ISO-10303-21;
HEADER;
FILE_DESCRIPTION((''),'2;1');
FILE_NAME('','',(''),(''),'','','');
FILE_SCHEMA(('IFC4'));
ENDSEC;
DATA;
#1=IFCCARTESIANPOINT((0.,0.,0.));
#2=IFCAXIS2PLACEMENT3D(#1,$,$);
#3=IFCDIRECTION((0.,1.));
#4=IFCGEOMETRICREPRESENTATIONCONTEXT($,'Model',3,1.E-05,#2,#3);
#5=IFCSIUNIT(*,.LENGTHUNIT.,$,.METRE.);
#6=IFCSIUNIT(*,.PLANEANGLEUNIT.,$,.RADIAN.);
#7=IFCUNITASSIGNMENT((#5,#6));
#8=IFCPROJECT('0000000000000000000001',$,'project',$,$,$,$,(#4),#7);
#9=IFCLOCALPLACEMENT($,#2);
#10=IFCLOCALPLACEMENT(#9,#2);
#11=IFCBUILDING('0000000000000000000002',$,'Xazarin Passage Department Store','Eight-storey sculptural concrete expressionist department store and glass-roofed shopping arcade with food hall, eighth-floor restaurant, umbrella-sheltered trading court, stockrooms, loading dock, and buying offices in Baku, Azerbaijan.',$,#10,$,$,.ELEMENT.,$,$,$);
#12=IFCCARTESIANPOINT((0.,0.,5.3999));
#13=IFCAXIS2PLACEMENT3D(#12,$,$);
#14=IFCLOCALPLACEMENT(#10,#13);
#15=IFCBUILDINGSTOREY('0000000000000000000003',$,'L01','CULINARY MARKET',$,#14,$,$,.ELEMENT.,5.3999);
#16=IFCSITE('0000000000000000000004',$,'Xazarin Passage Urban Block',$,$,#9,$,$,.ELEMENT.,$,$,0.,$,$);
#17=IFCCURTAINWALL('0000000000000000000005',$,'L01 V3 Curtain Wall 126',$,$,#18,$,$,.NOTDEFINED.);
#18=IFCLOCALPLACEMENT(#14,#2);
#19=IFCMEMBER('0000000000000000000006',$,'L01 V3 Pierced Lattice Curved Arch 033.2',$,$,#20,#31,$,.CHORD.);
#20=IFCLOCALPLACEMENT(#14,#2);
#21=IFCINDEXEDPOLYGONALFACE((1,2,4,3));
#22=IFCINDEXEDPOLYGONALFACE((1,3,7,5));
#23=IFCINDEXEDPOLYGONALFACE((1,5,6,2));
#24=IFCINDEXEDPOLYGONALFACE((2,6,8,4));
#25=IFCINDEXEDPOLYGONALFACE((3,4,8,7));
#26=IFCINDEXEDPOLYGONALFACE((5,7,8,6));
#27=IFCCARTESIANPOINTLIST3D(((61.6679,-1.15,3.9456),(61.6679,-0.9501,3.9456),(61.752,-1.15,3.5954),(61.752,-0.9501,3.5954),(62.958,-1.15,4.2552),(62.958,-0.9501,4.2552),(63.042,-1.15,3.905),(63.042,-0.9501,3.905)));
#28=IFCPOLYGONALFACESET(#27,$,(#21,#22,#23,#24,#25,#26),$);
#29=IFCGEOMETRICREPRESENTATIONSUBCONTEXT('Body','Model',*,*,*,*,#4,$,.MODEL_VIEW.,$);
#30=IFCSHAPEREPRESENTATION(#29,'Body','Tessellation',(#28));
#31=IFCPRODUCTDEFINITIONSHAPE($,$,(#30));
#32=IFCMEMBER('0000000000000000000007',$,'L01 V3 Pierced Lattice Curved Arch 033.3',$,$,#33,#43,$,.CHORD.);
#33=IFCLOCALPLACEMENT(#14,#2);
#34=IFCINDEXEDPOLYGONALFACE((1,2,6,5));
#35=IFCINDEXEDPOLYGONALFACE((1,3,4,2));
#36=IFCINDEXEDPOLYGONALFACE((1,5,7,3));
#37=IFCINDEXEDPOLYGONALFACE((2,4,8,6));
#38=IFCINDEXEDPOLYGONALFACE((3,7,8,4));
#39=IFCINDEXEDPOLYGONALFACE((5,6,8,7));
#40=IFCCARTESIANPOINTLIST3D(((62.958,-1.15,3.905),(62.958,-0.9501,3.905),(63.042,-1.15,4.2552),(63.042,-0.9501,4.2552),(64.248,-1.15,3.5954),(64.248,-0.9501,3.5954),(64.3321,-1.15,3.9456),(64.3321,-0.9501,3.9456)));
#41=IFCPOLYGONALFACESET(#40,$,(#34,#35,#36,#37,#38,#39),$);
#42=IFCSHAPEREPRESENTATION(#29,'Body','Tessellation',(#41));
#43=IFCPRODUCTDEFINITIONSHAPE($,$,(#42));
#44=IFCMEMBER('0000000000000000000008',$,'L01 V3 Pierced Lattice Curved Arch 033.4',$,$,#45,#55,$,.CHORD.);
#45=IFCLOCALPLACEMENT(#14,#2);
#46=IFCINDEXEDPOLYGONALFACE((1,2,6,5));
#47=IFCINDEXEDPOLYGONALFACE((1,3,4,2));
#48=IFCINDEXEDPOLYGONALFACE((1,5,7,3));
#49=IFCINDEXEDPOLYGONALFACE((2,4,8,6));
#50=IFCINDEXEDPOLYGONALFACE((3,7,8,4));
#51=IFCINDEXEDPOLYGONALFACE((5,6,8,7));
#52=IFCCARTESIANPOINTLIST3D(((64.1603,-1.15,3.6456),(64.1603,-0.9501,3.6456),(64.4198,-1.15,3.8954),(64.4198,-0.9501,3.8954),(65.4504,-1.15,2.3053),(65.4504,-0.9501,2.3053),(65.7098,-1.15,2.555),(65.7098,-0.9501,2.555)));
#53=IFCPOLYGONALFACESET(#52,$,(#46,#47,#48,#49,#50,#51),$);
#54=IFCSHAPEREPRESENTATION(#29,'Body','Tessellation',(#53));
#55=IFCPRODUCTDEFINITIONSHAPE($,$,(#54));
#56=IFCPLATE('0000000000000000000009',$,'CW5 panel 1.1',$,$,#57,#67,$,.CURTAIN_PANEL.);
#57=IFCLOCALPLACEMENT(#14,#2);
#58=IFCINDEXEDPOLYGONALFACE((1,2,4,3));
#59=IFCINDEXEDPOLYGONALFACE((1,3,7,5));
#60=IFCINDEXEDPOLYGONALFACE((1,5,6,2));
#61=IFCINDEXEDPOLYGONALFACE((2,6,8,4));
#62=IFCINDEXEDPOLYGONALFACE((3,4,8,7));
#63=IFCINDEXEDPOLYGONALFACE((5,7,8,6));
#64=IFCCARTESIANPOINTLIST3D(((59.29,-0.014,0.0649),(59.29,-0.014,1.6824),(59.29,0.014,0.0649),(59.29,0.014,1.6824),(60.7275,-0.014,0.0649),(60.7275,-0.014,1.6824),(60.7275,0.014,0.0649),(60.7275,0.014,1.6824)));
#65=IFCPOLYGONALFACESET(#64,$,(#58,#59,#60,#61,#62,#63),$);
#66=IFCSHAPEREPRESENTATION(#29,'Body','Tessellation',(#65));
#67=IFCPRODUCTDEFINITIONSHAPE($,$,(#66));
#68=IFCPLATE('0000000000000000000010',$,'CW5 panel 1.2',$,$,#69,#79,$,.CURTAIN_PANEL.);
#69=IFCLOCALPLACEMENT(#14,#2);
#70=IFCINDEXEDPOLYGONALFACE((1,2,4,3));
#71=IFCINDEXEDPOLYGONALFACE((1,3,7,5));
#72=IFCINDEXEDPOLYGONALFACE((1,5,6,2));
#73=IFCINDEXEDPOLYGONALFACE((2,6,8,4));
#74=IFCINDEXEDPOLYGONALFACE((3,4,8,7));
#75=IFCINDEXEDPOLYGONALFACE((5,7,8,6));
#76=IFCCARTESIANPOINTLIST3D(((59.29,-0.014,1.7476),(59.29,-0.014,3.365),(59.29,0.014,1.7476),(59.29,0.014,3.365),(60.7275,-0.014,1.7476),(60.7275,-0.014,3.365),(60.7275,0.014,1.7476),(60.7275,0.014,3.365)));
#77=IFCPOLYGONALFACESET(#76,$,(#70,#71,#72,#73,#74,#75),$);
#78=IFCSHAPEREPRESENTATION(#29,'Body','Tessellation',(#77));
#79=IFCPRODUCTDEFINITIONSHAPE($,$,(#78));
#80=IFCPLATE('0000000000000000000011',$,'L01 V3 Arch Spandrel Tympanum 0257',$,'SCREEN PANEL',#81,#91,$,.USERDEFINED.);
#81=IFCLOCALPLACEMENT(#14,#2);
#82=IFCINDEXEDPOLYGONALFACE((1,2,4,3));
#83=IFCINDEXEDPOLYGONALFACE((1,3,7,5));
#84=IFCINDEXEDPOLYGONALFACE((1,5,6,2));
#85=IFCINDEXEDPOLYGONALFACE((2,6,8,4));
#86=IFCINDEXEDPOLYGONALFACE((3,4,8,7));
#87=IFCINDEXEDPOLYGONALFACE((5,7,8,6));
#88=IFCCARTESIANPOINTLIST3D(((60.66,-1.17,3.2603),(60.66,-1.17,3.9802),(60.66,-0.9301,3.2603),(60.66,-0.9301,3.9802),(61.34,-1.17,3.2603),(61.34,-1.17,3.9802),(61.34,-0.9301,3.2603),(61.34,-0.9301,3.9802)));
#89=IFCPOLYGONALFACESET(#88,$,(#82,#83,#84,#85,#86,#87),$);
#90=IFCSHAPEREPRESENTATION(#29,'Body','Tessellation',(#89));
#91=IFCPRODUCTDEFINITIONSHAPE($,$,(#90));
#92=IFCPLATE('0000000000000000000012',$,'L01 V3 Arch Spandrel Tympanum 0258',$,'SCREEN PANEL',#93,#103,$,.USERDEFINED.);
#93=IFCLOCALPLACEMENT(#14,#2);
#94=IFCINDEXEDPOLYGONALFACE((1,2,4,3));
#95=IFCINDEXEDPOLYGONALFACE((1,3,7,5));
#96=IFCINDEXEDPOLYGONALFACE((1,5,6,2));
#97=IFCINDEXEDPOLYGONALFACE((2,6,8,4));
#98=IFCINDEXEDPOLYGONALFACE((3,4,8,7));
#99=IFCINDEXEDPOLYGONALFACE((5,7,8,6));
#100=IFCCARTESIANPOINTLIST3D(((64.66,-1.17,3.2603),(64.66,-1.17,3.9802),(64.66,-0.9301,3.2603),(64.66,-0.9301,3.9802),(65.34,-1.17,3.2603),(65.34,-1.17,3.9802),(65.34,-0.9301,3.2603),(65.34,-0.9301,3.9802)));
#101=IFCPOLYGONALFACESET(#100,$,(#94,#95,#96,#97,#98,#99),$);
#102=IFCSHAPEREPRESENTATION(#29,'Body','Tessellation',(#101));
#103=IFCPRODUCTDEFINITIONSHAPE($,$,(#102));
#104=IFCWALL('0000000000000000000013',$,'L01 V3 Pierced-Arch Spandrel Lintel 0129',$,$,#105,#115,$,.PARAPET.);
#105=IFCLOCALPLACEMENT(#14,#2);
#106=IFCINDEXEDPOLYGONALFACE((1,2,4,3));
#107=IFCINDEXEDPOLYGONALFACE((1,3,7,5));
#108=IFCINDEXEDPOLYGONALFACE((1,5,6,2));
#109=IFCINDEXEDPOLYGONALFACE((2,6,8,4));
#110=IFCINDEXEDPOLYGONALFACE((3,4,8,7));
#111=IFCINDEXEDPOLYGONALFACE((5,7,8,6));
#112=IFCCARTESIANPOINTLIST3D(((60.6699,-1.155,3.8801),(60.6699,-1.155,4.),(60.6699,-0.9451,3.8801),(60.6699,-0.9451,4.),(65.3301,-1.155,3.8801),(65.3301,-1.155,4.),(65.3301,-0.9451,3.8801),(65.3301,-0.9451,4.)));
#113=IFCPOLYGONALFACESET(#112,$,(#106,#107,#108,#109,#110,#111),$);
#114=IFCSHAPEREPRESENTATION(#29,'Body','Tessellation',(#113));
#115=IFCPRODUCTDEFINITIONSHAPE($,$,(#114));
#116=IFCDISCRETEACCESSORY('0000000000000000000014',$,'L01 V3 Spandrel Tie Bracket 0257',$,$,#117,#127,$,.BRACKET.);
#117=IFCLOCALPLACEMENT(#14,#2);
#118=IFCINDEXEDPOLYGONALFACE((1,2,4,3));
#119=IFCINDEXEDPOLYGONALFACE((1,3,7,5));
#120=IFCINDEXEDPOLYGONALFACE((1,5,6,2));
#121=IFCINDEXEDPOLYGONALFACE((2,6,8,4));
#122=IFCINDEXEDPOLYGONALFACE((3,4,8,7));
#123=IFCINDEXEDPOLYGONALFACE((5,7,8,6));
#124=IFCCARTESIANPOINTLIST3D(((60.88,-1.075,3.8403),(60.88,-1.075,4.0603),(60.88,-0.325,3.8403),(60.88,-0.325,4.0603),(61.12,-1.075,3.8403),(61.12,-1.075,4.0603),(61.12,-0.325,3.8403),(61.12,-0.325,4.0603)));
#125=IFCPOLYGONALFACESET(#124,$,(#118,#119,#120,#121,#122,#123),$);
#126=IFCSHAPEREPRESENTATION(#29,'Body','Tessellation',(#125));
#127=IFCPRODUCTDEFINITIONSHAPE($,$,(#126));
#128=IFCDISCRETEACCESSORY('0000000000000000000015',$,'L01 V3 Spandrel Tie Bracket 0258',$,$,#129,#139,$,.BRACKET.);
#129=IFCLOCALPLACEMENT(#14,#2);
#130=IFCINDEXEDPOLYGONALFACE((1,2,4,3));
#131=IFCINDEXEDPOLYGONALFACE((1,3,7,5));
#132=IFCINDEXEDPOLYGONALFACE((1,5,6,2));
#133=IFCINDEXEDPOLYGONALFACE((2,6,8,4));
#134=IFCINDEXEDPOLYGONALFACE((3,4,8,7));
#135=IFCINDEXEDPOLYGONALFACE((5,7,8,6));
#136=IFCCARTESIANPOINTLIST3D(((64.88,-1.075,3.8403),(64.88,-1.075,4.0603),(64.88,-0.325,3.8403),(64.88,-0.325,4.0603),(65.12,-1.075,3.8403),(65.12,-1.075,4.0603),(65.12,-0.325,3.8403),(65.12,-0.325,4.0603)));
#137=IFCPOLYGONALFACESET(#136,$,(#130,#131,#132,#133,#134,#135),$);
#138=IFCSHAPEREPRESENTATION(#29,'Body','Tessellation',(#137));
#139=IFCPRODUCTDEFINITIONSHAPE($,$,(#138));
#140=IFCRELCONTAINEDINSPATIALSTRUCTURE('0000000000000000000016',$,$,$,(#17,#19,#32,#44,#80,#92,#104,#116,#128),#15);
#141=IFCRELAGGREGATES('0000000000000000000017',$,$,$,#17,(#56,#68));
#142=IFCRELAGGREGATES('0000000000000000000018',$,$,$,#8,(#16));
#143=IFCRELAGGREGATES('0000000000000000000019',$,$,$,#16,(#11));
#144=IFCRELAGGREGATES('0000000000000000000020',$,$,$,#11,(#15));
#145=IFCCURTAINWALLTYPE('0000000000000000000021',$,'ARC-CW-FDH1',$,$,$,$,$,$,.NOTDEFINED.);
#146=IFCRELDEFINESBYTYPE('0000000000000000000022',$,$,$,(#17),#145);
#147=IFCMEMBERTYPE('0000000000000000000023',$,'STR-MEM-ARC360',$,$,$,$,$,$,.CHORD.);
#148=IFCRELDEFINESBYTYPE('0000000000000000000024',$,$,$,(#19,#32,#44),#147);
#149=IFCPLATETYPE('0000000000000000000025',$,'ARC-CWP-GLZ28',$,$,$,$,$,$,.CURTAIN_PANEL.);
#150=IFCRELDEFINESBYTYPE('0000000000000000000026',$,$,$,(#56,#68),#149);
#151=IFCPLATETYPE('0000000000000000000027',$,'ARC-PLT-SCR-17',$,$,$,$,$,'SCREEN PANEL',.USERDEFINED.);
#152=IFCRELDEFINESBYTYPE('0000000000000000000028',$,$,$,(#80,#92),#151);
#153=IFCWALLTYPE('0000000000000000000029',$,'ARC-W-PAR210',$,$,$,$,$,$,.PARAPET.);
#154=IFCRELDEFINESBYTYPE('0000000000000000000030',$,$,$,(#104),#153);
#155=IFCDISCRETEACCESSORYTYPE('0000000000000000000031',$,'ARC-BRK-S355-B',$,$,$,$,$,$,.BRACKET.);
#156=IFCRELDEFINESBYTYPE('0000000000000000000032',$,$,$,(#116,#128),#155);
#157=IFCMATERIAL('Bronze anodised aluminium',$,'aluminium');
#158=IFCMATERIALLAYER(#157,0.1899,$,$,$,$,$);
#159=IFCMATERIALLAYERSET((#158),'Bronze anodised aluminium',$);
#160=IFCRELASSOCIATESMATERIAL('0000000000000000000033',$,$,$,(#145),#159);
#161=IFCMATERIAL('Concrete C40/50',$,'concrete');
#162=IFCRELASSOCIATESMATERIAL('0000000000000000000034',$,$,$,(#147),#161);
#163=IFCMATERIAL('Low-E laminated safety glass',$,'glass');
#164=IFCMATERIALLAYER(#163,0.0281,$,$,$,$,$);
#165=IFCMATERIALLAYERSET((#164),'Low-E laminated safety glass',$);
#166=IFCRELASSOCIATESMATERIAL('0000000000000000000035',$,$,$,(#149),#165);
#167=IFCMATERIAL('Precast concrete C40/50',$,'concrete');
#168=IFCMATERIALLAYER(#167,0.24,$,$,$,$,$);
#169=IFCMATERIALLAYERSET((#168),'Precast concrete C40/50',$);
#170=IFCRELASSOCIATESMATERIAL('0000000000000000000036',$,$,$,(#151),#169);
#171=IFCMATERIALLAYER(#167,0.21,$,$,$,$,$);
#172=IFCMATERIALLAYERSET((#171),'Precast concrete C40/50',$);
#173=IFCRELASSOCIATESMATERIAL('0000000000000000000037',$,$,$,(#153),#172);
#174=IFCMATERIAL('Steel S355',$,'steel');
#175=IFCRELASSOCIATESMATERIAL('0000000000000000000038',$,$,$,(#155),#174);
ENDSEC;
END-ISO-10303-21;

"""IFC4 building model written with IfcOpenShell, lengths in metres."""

from ifc_helpers import new_model, si_unit, direction, frame, frame_2d, origin, origin_2d, place, context, subcontext, project, spatial, rectangle, extrude, material, layer, layer_set, material_profile, profile_set, type_object, element, aggregate, save


model = new_model("IFC4")

# Units and contexts
model_context = context("Model", 3, precision=1e-05, world=origin(), true_north=direction((0.0, 1.0)))
body_context = subcontext(model_context, "Body", "Model", "MODEL_VIEW")
ifc_project = project(units=[si_unit("LENGTHUNIT", "METRE"), si_unit("PLANEANGLEUNIT", "RADIAN")], contexts=[model_context])

# Site, building, storey
site_placement = place(None, origin())
site = spatial("IfcSite", under=ifc_project, at=site_placement, Name="Xazarin Passage Urban Block", CompositionType="ELEMENT", RefElevation=0.0)
building_placement = place(site_placement, origin())
building = spatial("IfcBuilding", under=site, at=building_placement, Name="Xazarin Passage Department Store", Description="Eight-storey sculptural concrete expressionist department store and glass-roofed shopping arcade with food hall, eighth-floor restaurant, umbrella-sheltered trading court, stockrooms, loading dock, and buying offices in Baku, Azerbaijan.", CompositionType="ELEMENT")
storey_placement = place(building_placement, frame((0.0, 0.0, 5.3999)))
storey = spatial("IfcBuildingStorey", under=building, at=storey_placement, Name="L01", Description="CULINARY MARKET", CompositionType="ELEMENT", Elevation=5.3999)

# Shared definitions
ifc_material_1 = material(Name="Concrete C40/50", Category="concrete")

# Curtain wall
ifc_material_2 = material(Name="Bronze anodised aluminium", Category="aluminium")
ifc_layer_1 = layer(ifc_material_2, 0.1899)
ifc_layer_set_1 = layer_set([ifc_layer_1], Name="Bronze anodised aluminium")
curtain_wall_type = type_object("IfcCurtainWallType", Name="ARC-CW-FDH1", PredefinedType="NOTDEFINED", material=ifc_layer_set_1)
curtain_wall_placement = place(storey_placement, origin())
curtain_wall = element("IfcCurtainWall", 1, at=curtain_wall_placement, inside=storey, type_object=curtain_wall_type, Name="L01 V3 Curtain Wall 126", PredefinedType="NOTDEFINED")

# Members
ifc_material_profile_1 = material_profile(ifc_material_1, rectangle(XDim=0.2, YDim=0.3601, at=origin_2d()), Name="RC 200x360")
ifc_profile_set_1 = profile_set([ifc_material_profile_1], Name="Concrete C40/50")
member_type_1 = type_object("IfcMemberType", Name="STR-MEM-ARC360", PredefinedType="CHORD", material=ifc_profile_set_1)
for number, where, z_axis, x_axis, name in (
    (2, (61.71, -1.05, 3.7705), (0.972394, 0.0, 0.233345), (0.0, 1.0, 0.0), "L01 V3 Pierced Lattice Curved Arch 033.2"),
    (3, (63.0, -1.05, 4.0801), (0.972394, 0.0, -0.233345), (0.0, 1.0, 0.0), "L01 V3 Pierced Lattice Curved Arch 033.3"),
):
    element("IfcMember", number, at=place(storey_placement, frame(where, z_axis=z_axis, x_axis=x_axis)), inside=storey, type_object=member_type_1, Name=name, PredefinedType="CHORD", context=body_context, shape_type="SweptSolid", body=[
        extrude(rectangle(XDim=0.2, YDim=0.3601, at=origin_2d()), origin(), (0.0, 0.0, 1.0), 1.3267),
    ])
member_1_placement = place(storey_placement, frame((64.29, -1.05, 3.7705), z_axis=(0.69346, 0.0, -0.720495), x_axis=(0.0, 1.0, 0.0)))
element("IfcMember", 4, at=member_1_placement, inside=storey, type_object=member_type_1, Name="L01 V3 Pierced Lattice Curved Arch 033.4", PredefinedType="CHORD", context=body_context, shape_type="SweptSolid", body=[
    extrude(rectangle(XDim=0.2, YDim=0.3601, at=origin_2d()), origin(), (0.0, 0.0, 1.0), 1.8604),
])

# Plates
ifc_material_3 = material(Name="Low-E laminated safety glass", Category="glass")
ifc_layer_2 = layer(ifc_material_3, 0.0281)
ifc_layer_set_2 = layer_set([ifc_layer_2], Name="Low-E laminated safety glass")
plate_type_1 = type_object("IfcPlateType", Name="ARC-CWP-GLZ28", PredefinedType="CURTAIN_PANEL", material=ifc_layer_set_2)
plate_1_placement = place(storey_placement, frame((60.0088, 0.0, 0.0649), z_axis=(0.0, 0.0, 1.0), x_axis=(1.0, 0.0, 0.0)))
plate_1 = element("IfcPlate", 5, at=plate_1_placement, type_object=plate_type_1, Name="CW5 panel 1.1", PredefinedType="CURTAIN_PANEL", context=body_context, shape_type="SweptSolid", body=[
    extrude(rectangle(XDim=1.4375, YDim=0.0281, at=origin_2d()), origin(), (0.0, 0.0, 1.0), 1.6174),
])
plate_2_placement = place(storey_placement, frame((60.0088, 0.0, 1.7476), z_axis=(0.0, 0.0, 1.0), x_axis=(1.0, 0.0, 0.0)))
plate_2 = element("IfcPlate", 6, at=plate_2_placement, type_object=plate_type_1, Name="CW5 panel 1.2", PredefinedType="CURTAIN_PANEL", context=body_context, shape_type="SweptSolid", body=[
    extrude(rectangle(XDim=1.4375, YDim=0.0281, at=origin_2d()), origin(), (0.0, 0.0, 1.0), 1.6174),
])
aggregate(curtain_wall, [plate_1, plate_2])

# Plates
ifc_material_4 = material(Name="Precast concrete C40/50", Category="concrete")
ifc_layer_3 = layer(ifc_material_4, 0.24)
ifc_layer_set_3 = layer_set([ifc_layer_3], Name="Precast concrete C40/50")
plate_type_2 = type_object("IfcPlateType", Name="ARC-PLT-SCR-17", ElementType="SCREEN PANEL", PredefinedType="USERDEFINED", material=ifc_layer_set_3)
for number, where, z_axis, x_axis, name in (
    (7, (61.0, -1.05, 3.2603), (0.0, 0.0, 1.0), (1.0, 0.0, 0.0), "L01 V3 Arch Spandrel Tympanum 0257"),
    (8, (65.0, -1.05, 3.2603), (0.0, 0.0, 1.0), (1.0, 0.0, 0.0), "L01 V3 Arch Spandrel Tympanum 0258"),
):
    element("IfcPlate", number, at=place(storey_placement, frame(where, z_axis=z_axis, x_axis=x_axis)), inside=storey, type_object=plate_type_2, Name=name, ObjectType="SCREEN PANEL", PredefinedType="USERDEFINED", context=body_context, shape_type="SweptSolid", body=[
        extrude(rectangle(XDim=0.6799, YDim=0.24, at=origin_2d()), origin(), (0.0, 0.0, 1.0), 0.72),
    ])

# Wall
ifc_layer_4 = layer(ifc_material_4, 0.21)
ifc_layer_set_4 = layer_set([ifc_layer_4], Name="Precast concrete C40/50")
wall_type = type_object("IfcWallType", Name="ARC-W-PAR210", PredefinedType="PARAPET", material=ifc_layer_set_4)
wall_placement = place(storey_placement, frame((60.6699, -1.05, 3.8801), z_axis=(0.0, 0.0, 1.0), x_axis=(1.0, 0.0, 0.0)))
element("IfcWall", 9, at=wall_placement, inside=storey, type_object=wall_type, Name="L01 V3 Pierced-Arch Spandrel Lintel 0129", PredefinedType="PARAPET", context=body_context, shape_type="SweptSolid", body=[
    extrude(rectangle(XDim=4.6602, YDim=0.21, at=frame_2d((2.3301, 0.0))), origin(), (0.0, 0.0, 1.0), 0.1199),
])

# Discrete accessories
ifc_material_5 = material(Name="Steel S355", Category="steel")
discrete_accessory_type = type_object("IfcDiscreteAccessoryType", Name="ARC-BRK-S355-B", PredefinedType="BRACKET", material=ifc_material_5)
for number, where, z_axis, x_axis, name in (
    (10, (61.0, -0.7, 3.8403), (0.0, 0.0, 1.0), (1.0, 0.0, 0.0), "L01 V3 Spandrel Tie Bracket 0257"),
    (11, (65.0, -0.7, 3.8403), (0.0, 0.0, 1.0), (1.0, 0.0, 0.0), "L01 V3 Spandrel Tie Bracket 0258"),
):
    element("IfcDiscreteAccessory", number, at=place(storey_placement, frame(where, z_axis=z_axis, x_axis=x_axis)), inside=storey, type_object=discrete_accessory_type, Name=name, PredefinedType="BRACKET", context=body_context, shape_type="SweptSolid", body=[
        extrude(rectangle(XDim=0.24, YDim=0.75, at=origin_2d()), origin(), (0.0, 0.0, 1.0), 0.22),
    ])

save(model, "model.ifc")
